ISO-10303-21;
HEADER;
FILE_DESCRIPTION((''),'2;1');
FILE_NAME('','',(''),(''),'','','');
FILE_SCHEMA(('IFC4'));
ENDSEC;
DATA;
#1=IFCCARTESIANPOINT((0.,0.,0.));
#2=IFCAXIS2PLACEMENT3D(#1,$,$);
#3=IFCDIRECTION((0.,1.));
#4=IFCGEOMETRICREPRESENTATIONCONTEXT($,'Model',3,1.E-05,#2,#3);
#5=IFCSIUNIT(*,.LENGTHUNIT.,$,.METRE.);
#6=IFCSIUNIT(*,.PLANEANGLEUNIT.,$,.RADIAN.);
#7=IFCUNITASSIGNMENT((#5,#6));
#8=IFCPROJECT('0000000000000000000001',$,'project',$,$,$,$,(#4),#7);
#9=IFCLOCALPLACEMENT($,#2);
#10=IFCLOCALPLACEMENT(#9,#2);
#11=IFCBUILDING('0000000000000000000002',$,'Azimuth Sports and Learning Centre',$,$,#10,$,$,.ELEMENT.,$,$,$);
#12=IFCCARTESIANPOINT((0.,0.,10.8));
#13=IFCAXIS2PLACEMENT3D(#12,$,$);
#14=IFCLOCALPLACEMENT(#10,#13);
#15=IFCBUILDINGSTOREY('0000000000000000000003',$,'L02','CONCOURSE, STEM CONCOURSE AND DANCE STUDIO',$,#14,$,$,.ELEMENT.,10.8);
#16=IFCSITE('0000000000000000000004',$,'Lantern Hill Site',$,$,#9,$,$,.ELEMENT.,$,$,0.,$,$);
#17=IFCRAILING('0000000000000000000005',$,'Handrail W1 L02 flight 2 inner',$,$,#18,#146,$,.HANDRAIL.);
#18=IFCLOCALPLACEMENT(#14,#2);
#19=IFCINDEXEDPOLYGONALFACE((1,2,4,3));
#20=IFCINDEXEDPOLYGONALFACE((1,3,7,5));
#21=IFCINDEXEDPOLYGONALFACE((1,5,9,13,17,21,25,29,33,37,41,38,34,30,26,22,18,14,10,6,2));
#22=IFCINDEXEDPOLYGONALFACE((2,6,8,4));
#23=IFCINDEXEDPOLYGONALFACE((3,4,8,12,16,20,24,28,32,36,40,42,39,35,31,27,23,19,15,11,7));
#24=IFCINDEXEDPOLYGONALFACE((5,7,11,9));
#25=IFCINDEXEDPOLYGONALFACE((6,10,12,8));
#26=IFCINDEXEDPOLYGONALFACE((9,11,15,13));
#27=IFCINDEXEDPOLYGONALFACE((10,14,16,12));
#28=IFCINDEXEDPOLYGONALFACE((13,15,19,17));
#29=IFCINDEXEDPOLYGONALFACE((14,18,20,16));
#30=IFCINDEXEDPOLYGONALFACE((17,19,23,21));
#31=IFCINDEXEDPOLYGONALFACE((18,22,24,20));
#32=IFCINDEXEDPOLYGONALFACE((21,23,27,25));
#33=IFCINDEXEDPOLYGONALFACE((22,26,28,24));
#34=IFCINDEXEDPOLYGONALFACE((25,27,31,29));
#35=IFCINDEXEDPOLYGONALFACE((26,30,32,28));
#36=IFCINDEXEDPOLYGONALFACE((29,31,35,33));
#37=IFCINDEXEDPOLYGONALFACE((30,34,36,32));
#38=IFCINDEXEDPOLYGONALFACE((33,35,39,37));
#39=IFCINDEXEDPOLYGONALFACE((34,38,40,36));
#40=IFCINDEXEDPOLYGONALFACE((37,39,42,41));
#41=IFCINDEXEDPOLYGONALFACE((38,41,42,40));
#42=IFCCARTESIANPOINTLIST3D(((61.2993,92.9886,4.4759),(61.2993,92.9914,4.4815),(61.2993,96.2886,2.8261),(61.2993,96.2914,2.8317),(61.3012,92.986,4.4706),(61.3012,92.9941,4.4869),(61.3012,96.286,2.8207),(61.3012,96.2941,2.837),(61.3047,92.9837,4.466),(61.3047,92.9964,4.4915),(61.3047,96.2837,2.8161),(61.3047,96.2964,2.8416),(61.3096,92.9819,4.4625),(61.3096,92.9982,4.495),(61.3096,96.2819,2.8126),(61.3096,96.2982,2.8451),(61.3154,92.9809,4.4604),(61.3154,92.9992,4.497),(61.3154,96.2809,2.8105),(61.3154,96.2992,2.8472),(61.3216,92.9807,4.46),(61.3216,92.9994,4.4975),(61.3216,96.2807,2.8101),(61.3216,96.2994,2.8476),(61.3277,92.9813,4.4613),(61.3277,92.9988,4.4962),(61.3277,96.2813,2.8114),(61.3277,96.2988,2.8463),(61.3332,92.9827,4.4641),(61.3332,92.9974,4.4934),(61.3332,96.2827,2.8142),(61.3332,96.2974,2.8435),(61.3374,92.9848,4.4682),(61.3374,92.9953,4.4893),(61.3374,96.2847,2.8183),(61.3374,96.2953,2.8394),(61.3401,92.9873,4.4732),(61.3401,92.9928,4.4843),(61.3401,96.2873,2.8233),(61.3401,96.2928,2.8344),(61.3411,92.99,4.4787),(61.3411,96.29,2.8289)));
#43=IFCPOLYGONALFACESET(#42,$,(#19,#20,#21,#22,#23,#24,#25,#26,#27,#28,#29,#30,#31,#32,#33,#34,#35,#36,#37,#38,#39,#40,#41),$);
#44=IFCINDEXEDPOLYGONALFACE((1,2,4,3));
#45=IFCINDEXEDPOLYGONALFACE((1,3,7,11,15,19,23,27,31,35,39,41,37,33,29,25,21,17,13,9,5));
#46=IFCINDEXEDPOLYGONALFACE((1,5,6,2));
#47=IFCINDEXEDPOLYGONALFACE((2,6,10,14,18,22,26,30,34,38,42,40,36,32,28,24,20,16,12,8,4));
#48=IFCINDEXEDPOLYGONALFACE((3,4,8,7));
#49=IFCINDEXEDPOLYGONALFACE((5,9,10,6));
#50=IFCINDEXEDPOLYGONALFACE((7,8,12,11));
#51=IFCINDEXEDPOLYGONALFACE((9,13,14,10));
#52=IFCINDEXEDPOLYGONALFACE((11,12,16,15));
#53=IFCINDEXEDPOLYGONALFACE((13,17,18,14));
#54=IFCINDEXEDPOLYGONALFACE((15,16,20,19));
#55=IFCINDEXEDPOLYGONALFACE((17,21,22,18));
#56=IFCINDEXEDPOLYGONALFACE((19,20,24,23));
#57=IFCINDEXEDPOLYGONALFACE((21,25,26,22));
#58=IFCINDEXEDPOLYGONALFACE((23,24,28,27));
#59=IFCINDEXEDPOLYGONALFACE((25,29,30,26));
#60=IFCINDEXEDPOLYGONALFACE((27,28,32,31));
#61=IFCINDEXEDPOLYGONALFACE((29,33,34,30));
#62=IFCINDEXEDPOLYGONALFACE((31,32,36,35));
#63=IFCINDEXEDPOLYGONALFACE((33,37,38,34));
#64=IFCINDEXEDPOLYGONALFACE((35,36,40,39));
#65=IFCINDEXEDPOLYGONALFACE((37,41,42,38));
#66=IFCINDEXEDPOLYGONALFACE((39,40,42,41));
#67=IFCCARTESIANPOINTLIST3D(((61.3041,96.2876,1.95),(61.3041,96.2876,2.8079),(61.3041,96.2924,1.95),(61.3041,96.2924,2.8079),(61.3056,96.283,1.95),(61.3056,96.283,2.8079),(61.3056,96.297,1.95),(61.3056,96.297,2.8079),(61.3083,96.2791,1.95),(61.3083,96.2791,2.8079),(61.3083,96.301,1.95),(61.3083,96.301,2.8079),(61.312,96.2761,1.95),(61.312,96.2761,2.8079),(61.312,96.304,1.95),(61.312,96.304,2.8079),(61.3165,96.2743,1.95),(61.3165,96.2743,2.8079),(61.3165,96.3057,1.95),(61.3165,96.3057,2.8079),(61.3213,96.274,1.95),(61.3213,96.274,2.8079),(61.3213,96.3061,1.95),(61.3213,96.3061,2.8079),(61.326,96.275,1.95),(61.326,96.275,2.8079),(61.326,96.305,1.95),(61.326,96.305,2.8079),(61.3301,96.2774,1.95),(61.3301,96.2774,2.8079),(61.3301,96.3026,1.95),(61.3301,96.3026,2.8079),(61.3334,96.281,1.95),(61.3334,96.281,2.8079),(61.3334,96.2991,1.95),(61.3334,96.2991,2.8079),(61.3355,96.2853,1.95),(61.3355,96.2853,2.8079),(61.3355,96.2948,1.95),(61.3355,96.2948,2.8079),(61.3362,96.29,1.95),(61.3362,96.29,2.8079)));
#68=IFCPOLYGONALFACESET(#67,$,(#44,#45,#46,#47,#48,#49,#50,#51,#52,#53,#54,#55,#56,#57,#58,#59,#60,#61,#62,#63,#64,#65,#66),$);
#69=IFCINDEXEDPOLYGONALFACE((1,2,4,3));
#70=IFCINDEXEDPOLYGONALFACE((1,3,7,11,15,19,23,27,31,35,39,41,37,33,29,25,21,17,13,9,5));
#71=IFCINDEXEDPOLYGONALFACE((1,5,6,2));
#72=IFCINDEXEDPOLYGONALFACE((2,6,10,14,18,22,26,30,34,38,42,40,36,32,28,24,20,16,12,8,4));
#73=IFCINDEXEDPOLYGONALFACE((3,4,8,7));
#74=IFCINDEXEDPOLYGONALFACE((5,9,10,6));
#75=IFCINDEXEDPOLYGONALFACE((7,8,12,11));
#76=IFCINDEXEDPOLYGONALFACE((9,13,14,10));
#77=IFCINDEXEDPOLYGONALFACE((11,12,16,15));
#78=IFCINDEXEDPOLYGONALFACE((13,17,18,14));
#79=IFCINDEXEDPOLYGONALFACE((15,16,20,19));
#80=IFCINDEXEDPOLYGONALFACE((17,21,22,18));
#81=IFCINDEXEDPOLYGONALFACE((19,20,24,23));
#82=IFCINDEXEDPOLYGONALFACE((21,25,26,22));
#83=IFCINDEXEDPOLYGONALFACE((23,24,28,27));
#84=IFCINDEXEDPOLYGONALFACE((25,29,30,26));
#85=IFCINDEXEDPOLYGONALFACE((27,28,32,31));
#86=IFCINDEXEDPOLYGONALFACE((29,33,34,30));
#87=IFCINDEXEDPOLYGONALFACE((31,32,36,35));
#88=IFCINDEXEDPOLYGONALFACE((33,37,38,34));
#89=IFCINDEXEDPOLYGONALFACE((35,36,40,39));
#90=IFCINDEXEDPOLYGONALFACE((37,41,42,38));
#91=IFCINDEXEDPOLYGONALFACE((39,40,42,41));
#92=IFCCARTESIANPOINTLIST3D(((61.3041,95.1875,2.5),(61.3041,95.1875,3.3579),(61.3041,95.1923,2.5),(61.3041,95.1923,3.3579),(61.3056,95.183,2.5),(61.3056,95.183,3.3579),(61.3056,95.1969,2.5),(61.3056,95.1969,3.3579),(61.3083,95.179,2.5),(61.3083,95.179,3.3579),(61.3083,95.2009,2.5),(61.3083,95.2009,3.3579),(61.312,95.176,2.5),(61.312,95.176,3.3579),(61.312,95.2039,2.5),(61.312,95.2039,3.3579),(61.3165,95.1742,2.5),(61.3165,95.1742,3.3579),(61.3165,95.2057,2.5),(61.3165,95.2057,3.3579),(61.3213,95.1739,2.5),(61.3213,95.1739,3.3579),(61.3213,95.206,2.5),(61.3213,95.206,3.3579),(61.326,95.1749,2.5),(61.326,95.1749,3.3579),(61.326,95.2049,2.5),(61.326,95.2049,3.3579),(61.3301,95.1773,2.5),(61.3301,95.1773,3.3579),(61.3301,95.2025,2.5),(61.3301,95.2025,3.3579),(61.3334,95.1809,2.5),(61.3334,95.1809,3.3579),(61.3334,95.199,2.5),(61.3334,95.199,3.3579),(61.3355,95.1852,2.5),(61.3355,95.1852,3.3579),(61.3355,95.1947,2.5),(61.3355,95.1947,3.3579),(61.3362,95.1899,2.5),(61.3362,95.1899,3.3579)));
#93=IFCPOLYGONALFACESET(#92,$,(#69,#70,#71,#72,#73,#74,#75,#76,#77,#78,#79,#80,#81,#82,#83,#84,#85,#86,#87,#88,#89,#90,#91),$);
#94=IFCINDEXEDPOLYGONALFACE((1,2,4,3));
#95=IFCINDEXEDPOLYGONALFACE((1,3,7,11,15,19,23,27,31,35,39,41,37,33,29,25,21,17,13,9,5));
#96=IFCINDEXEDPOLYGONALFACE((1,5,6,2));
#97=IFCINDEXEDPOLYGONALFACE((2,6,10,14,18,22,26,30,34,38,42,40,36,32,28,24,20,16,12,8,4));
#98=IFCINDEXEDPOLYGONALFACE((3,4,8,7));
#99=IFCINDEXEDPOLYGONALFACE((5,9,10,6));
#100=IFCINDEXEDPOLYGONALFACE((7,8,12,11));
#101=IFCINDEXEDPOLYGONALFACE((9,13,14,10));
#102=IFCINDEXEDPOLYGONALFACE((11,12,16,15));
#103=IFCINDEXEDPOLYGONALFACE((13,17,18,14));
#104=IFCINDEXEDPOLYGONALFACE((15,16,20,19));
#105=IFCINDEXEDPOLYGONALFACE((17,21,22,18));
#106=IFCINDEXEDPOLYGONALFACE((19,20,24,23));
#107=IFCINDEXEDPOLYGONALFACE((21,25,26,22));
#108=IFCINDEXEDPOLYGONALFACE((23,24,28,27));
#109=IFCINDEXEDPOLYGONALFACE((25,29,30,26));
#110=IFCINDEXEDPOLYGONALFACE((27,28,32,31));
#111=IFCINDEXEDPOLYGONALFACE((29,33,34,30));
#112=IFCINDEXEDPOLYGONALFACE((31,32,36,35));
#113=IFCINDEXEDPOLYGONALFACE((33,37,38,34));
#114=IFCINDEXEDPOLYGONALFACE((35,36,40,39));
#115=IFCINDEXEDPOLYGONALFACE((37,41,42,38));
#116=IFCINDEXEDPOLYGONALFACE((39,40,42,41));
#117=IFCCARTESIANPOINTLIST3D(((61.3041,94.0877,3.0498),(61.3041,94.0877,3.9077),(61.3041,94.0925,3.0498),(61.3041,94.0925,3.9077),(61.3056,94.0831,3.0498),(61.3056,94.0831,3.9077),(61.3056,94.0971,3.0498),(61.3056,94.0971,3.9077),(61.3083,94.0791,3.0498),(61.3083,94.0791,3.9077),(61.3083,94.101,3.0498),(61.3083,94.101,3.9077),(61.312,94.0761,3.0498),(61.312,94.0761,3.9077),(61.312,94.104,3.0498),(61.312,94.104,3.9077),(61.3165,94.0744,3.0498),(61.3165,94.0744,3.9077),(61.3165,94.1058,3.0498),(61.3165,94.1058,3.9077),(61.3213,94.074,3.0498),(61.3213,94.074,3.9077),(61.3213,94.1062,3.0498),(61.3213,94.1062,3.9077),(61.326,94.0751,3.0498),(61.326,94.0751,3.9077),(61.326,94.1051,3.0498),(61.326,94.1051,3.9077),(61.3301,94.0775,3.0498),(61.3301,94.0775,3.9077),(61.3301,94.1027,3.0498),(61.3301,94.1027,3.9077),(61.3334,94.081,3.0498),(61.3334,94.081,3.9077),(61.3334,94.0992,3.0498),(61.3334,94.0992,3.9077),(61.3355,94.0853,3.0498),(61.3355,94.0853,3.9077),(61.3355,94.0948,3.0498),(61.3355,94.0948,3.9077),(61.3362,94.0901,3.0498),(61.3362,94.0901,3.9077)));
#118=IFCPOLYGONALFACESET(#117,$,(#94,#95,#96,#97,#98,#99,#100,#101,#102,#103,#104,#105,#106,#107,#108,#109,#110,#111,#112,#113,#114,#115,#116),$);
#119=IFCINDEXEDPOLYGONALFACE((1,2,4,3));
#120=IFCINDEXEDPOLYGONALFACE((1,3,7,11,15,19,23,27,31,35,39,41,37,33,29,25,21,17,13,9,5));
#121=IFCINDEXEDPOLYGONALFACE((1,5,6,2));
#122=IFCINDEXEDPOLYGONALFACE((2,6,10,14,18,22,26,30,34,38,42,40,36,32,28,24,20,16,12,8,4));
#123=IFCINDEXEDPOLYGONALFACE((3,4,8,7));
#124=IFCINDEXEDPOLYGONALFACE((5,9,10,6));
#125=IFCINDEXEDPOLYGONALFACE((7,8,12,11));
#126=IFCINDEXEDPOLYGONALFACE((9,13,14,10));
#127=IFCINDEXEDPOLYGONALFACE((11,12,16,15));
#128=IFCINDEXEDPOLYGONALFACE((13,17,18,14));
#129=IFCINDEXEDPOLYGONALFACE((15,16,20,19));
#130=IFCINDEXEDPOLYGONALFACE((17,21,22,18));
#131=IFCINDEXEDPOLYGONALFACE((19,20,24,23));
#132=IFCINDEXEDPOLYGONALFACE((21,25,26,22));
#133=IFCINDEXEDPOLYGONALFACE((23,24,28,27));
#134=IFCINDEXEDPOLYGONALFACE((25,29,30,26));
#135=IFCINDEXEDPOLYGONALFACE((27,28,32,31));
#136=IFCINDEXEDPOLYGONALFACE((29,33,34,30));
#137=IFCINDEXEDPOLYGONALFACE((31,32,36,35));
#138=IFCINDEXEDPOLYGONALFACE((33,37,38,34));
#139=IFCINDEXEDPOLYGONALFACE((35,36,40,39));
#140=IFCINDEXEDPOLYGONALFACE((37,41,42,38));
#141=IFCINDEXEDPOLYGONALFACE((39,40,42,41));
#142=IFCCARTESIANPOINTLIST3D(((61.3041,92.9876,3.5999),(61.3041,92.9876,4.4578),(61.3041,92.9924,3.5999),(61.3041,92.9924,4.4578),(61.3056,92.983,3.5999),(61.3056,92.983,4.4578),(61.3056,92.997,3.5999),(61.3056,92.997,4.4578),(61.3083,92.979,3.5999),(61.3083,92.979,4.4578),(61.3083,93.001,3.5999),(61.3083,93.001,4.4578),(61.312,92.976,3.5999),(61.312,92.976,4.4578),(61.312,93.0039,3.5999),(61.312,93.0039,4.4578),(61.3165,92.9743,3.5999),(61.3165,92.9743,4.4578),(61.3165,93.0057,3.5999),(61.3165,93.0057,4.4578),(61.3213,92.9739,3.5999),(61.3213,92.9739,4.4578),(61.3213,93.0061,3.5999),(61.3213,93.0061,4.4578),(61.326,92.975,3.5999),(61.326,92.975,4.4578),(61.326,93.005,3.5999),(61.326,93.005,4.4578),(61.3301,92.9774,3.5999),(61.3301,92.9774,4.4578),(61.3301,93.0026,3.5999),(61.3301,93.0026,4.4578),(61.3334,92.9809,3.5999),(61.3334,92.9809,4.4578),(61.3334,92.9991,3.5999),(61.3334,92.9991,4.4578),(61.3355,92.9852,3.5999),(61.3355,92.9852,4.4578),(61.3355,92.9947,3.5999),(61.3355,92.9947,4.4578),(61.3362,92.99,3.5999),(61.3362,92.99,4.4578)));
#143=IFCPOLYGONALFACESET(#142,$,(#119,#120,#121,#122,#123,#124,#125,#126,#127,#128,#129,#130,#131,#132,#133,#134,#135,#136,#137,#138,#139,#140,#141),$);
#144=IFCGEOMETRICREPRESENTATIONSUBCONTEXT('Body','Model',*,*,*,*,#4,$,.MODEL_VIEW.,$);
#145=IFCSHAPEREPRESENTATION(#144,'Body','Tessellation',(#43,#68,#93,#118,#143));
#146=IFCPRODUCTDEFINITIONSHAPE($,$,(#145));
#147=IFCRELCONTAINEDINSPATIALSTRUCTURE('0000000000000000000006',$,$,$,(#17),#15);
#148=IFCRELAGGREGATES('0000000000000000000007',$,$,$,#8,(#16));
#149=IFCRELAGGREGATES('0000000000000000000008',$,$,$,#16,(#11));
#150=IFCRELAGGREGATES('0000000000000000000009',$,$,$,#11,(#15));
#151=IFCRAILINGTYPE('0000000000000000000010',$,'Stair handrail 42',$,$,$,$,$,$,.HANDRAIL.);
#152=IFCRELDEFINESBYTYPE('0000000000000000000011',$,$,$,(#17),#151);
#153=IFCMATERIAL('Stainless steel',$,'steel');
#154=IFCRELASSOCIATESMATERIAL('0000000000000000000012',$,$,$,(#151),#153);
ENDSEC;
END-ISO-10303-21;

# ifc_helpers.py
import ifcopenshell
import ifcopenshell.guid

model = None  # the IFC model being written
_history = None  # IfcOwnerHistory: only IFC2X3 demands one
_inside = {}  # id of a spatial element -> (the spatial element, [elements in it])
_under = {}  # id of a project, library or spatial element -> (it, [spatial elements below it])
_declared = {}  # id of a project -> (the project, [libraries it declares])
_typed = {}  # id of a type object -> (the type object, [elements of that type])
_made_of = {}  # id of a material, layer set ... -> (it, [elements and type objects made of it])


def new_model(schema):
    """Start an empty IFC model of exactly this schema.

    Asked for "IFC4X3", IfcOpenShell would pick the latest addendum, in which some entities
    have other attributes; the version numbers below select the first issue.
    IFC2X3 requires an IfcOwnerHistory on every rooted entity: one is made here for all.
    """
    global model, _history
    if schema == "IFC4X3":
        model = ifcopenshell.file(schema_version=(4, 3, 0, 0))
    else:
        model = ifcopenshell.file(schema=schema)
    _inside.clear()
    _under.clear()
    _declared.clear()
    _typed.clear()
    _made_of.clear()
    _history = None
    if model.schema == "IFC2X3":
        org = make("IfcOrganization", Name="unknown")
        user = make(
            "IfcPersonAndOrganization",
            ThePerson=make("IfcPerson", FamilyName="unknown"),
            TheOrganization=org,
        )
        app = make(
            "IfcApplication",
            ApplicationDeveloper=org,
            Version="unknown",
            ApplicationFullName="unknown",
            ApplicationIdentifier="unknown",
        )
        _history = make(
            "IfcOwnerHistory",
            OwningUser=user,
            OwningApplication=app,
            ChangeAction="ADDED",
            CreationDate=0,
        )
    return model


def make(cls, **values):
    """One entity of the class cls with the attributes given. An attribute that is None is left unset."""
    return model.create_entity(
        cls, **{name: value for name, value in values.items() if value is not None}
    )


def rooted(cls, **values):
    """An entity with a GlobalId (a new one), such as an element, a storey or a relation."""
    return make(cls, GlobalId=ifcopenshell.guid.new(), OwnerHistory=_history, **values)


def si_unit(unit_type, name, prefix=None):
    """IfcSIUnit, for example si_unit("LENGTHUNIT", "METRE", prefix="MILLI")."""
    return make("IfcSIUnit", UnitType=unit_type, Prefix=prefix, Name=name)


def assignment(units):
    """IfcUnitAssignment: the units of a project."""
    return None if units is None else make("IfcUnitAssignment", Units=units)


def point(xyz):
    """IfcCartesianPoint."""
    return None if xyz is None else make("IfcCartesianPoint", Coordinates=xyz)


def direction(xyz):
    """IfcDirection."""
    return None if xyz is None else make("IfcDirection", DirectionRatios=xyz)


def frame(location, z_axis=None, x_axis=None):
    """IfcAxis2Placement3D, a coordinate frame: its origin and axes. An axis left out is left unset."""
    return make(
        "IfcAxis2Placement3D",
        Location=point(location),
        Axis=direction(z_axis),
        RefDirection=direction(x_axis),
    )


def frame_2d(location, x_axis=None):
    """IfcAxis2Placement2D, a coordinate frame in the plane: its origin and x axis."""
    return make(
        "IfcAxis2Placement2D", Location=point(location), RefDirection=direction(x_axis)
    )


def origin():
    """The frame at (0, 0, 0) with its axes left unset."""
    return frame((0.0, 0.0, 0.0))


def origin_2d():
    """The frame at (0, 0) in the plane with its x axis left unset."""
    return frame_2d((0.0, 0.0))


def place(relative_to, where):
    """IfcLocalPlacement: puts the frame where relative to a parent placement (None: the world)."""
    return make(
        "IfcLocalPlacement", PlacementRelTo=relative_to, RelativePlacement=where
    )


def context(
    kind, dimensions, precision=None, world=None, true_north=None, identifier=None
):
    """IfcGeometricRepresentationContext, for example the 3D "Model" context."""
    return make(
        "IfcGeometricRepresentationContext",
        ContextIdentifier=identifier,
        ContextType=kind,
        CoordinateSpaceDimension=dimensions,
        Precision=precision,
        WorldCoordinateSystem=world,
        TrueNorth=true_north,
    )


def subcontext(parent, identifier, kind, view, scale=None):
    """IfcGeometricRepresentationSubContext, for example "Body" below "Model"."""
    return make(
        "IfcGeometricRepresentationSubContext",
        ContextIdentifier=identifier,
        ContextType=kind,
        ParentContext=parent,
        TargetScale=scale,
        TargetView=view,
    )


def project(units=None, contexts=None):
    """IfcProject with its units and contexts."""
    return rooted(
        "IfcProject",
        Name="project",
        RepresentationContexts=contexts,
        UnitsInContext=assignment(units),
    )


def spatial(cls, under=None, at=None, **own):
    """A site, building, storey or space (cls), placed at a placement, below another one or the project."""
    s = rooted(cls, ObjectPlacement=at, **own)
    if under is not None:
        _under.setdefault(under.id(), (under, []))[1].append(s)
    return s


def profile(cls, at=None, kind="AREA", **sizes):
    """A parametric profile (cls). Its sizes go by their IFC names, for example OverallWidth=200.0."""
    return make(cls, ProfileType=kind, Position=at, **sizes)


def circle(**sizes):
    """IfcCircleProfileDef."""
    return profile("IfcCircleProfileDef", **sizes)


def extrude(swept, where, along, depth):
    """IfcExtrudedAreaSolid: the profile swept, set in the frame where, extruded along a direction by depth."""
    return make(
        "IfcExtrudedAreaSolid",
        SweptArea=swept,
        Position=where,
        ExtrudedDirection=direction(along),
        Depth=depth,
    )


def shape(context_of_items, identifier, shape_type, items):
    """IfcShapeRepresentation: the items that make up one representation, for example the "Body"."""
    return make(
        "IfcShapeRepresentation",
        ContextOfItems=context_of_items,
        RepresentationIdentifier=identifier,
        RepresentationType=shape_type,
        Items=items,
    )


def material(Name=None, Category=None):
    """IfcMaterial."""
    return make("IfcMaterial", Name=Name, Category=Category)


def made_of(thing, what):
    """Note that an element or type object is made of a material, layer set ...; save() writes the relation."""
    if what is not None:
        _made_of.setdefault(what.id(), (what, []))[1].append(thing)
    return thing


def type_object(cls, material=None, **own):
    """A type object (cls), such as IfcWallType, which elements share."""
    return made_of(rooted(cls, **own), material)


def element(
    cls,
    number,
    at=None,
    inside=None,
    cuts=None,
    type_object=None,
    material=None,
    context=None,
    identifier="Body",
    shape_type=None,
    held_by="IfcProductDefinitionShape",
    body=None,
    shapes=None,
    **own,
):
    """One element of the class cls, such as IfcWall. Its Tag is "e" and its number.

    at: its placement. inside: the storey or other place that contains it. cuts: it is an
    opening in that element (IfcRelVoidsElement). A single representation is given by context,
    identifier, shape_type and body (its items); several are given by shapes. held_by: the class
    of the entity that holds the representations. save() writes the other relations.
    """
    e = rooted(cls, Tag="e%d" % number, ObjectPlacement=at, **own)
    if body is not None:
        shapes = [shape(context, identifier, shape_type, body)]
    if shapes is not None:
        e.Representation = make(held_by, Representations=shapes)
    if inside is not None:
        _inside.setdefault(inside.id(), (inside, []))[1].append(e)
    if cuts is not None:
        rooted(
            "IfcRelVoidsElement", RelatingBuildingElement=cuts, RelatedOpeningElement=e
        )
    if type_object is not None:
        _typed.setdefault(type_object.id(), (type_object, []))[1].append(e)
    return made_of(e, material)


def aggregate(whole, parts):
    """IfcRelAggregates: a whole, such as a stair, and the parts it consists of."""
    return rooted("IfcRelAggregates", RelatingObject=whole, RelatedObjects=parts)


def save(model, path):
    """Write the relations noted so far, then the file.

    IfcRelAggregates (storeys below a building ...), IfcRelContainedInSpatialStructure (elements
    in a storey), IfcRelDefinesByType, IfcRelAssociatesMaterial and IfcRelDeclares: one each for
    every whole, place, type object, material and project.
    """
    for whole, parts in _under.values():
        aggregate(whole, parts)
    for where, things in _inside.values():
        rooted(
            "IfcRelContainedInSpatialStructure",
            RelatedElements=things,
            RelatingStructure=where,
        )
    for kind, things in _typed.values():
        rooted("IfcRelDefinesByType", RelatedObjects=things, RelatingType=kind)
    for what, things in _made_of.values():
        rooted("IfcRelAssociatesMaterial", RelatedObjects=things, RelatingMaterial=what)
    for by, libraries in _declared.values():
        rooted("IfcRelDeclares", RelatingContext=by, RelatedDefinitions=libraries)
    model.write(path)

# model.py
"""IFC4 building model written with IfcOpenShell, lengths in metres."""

from ifc_helpers import new_model, si_unit, direction, frame, origin, origin_2d, place, context, subcontext, project, spatial, circle, extrude, material, type_object, element, save


model = new_model("IFC4")

# Units and contexts
model_context = context("Model", 3, precision=1e-05, world=origin(), true_north=direction((0.0, 1.0)))
body_context = subcontext(model_context, "Body", "Model", "MODEL_VIEW")
ifc_project = project(units=[si_unit("LENGTHUNIT", "METRE"), si_unit("PLANEANGLEUNIT", "RADIAN")], contexts=[model_context])

# Site, building, storey
site_placement = place(None, origin())
site = spatial("IfcSite", under=ifc_project, at=site_placement, Name="Lantern Hill Site", CompositionType="ELEMENT", RefElevation=0.0)
building_placement = place(site_placement, origin())
building = spatial("IfcBuilding", under=site, at=building_placement, Name="Azimuth Sports and Learning Centre", CompositionType="ELEMENT")
storey_placement = place(building_placement, frame((0.0, 0.0, 10.8)))
storey = spatial("IfcBuildingStorey", under=building, at=storey_placement, Name="L02", Description="CONCOURSE, STEM CONCOURSE AND DANCE STUDIO", CompositionType="ELEMENT", Elevation=10.8)

# Railing
ifc_material_1 = material(Name="Stainless steel", Category="steel")
railing_type_1 = type_object("IfcRailingType", Name="Stair handrail 42", PredefinedType="HANDRAIL", material=ifc_material_1)
for number, where, name in (
    (1, (61.3201, 96.29, 1.95), "Handrail W1 L02 flight 2 inner"),
):
    element("IfcRailing", number, at=place(storey_placement, frame(where)), inside=storey, type_object=railing_type_1, Name=name, PredefinedType="HANDRAIL", context=body_context, shape_type="SweptSolid", body=[
        extrude(circle(Radius=0.021, at=origin_2d()), frame((0.0, 0.0, 0.8789), z_axis=(0.0, -0.89444, 0.447187), x_axis=(1.0, 0.0, 0.0)), (0.0, 0.0, 1.0), 3.6895),
        extrude(circle(Radius=0.0161, at=origin_2d()), origin(), (0.0, 0.0, 1.0), 0.8579),
        extrude(circle(Radius=0.0161, at=origin_2d()), frame((0.0, -1.1001, 0.55)), (0.0, 0.0, 1.0), 0.8579),
        extrude(circle(Radius=0.0161, at=origin_2d()), frame((0.0, -2.2, 1.0999)), (0.0, 0.0, 1.0), 0.8579),
        extrude(circle(Radius=0.0161, at=origin_2d()), frame((0.0, -3.3, 1.6499)), (0.0, 0.0, 1.0), 0.8579),
    ])

save(model, "model.ifc")
